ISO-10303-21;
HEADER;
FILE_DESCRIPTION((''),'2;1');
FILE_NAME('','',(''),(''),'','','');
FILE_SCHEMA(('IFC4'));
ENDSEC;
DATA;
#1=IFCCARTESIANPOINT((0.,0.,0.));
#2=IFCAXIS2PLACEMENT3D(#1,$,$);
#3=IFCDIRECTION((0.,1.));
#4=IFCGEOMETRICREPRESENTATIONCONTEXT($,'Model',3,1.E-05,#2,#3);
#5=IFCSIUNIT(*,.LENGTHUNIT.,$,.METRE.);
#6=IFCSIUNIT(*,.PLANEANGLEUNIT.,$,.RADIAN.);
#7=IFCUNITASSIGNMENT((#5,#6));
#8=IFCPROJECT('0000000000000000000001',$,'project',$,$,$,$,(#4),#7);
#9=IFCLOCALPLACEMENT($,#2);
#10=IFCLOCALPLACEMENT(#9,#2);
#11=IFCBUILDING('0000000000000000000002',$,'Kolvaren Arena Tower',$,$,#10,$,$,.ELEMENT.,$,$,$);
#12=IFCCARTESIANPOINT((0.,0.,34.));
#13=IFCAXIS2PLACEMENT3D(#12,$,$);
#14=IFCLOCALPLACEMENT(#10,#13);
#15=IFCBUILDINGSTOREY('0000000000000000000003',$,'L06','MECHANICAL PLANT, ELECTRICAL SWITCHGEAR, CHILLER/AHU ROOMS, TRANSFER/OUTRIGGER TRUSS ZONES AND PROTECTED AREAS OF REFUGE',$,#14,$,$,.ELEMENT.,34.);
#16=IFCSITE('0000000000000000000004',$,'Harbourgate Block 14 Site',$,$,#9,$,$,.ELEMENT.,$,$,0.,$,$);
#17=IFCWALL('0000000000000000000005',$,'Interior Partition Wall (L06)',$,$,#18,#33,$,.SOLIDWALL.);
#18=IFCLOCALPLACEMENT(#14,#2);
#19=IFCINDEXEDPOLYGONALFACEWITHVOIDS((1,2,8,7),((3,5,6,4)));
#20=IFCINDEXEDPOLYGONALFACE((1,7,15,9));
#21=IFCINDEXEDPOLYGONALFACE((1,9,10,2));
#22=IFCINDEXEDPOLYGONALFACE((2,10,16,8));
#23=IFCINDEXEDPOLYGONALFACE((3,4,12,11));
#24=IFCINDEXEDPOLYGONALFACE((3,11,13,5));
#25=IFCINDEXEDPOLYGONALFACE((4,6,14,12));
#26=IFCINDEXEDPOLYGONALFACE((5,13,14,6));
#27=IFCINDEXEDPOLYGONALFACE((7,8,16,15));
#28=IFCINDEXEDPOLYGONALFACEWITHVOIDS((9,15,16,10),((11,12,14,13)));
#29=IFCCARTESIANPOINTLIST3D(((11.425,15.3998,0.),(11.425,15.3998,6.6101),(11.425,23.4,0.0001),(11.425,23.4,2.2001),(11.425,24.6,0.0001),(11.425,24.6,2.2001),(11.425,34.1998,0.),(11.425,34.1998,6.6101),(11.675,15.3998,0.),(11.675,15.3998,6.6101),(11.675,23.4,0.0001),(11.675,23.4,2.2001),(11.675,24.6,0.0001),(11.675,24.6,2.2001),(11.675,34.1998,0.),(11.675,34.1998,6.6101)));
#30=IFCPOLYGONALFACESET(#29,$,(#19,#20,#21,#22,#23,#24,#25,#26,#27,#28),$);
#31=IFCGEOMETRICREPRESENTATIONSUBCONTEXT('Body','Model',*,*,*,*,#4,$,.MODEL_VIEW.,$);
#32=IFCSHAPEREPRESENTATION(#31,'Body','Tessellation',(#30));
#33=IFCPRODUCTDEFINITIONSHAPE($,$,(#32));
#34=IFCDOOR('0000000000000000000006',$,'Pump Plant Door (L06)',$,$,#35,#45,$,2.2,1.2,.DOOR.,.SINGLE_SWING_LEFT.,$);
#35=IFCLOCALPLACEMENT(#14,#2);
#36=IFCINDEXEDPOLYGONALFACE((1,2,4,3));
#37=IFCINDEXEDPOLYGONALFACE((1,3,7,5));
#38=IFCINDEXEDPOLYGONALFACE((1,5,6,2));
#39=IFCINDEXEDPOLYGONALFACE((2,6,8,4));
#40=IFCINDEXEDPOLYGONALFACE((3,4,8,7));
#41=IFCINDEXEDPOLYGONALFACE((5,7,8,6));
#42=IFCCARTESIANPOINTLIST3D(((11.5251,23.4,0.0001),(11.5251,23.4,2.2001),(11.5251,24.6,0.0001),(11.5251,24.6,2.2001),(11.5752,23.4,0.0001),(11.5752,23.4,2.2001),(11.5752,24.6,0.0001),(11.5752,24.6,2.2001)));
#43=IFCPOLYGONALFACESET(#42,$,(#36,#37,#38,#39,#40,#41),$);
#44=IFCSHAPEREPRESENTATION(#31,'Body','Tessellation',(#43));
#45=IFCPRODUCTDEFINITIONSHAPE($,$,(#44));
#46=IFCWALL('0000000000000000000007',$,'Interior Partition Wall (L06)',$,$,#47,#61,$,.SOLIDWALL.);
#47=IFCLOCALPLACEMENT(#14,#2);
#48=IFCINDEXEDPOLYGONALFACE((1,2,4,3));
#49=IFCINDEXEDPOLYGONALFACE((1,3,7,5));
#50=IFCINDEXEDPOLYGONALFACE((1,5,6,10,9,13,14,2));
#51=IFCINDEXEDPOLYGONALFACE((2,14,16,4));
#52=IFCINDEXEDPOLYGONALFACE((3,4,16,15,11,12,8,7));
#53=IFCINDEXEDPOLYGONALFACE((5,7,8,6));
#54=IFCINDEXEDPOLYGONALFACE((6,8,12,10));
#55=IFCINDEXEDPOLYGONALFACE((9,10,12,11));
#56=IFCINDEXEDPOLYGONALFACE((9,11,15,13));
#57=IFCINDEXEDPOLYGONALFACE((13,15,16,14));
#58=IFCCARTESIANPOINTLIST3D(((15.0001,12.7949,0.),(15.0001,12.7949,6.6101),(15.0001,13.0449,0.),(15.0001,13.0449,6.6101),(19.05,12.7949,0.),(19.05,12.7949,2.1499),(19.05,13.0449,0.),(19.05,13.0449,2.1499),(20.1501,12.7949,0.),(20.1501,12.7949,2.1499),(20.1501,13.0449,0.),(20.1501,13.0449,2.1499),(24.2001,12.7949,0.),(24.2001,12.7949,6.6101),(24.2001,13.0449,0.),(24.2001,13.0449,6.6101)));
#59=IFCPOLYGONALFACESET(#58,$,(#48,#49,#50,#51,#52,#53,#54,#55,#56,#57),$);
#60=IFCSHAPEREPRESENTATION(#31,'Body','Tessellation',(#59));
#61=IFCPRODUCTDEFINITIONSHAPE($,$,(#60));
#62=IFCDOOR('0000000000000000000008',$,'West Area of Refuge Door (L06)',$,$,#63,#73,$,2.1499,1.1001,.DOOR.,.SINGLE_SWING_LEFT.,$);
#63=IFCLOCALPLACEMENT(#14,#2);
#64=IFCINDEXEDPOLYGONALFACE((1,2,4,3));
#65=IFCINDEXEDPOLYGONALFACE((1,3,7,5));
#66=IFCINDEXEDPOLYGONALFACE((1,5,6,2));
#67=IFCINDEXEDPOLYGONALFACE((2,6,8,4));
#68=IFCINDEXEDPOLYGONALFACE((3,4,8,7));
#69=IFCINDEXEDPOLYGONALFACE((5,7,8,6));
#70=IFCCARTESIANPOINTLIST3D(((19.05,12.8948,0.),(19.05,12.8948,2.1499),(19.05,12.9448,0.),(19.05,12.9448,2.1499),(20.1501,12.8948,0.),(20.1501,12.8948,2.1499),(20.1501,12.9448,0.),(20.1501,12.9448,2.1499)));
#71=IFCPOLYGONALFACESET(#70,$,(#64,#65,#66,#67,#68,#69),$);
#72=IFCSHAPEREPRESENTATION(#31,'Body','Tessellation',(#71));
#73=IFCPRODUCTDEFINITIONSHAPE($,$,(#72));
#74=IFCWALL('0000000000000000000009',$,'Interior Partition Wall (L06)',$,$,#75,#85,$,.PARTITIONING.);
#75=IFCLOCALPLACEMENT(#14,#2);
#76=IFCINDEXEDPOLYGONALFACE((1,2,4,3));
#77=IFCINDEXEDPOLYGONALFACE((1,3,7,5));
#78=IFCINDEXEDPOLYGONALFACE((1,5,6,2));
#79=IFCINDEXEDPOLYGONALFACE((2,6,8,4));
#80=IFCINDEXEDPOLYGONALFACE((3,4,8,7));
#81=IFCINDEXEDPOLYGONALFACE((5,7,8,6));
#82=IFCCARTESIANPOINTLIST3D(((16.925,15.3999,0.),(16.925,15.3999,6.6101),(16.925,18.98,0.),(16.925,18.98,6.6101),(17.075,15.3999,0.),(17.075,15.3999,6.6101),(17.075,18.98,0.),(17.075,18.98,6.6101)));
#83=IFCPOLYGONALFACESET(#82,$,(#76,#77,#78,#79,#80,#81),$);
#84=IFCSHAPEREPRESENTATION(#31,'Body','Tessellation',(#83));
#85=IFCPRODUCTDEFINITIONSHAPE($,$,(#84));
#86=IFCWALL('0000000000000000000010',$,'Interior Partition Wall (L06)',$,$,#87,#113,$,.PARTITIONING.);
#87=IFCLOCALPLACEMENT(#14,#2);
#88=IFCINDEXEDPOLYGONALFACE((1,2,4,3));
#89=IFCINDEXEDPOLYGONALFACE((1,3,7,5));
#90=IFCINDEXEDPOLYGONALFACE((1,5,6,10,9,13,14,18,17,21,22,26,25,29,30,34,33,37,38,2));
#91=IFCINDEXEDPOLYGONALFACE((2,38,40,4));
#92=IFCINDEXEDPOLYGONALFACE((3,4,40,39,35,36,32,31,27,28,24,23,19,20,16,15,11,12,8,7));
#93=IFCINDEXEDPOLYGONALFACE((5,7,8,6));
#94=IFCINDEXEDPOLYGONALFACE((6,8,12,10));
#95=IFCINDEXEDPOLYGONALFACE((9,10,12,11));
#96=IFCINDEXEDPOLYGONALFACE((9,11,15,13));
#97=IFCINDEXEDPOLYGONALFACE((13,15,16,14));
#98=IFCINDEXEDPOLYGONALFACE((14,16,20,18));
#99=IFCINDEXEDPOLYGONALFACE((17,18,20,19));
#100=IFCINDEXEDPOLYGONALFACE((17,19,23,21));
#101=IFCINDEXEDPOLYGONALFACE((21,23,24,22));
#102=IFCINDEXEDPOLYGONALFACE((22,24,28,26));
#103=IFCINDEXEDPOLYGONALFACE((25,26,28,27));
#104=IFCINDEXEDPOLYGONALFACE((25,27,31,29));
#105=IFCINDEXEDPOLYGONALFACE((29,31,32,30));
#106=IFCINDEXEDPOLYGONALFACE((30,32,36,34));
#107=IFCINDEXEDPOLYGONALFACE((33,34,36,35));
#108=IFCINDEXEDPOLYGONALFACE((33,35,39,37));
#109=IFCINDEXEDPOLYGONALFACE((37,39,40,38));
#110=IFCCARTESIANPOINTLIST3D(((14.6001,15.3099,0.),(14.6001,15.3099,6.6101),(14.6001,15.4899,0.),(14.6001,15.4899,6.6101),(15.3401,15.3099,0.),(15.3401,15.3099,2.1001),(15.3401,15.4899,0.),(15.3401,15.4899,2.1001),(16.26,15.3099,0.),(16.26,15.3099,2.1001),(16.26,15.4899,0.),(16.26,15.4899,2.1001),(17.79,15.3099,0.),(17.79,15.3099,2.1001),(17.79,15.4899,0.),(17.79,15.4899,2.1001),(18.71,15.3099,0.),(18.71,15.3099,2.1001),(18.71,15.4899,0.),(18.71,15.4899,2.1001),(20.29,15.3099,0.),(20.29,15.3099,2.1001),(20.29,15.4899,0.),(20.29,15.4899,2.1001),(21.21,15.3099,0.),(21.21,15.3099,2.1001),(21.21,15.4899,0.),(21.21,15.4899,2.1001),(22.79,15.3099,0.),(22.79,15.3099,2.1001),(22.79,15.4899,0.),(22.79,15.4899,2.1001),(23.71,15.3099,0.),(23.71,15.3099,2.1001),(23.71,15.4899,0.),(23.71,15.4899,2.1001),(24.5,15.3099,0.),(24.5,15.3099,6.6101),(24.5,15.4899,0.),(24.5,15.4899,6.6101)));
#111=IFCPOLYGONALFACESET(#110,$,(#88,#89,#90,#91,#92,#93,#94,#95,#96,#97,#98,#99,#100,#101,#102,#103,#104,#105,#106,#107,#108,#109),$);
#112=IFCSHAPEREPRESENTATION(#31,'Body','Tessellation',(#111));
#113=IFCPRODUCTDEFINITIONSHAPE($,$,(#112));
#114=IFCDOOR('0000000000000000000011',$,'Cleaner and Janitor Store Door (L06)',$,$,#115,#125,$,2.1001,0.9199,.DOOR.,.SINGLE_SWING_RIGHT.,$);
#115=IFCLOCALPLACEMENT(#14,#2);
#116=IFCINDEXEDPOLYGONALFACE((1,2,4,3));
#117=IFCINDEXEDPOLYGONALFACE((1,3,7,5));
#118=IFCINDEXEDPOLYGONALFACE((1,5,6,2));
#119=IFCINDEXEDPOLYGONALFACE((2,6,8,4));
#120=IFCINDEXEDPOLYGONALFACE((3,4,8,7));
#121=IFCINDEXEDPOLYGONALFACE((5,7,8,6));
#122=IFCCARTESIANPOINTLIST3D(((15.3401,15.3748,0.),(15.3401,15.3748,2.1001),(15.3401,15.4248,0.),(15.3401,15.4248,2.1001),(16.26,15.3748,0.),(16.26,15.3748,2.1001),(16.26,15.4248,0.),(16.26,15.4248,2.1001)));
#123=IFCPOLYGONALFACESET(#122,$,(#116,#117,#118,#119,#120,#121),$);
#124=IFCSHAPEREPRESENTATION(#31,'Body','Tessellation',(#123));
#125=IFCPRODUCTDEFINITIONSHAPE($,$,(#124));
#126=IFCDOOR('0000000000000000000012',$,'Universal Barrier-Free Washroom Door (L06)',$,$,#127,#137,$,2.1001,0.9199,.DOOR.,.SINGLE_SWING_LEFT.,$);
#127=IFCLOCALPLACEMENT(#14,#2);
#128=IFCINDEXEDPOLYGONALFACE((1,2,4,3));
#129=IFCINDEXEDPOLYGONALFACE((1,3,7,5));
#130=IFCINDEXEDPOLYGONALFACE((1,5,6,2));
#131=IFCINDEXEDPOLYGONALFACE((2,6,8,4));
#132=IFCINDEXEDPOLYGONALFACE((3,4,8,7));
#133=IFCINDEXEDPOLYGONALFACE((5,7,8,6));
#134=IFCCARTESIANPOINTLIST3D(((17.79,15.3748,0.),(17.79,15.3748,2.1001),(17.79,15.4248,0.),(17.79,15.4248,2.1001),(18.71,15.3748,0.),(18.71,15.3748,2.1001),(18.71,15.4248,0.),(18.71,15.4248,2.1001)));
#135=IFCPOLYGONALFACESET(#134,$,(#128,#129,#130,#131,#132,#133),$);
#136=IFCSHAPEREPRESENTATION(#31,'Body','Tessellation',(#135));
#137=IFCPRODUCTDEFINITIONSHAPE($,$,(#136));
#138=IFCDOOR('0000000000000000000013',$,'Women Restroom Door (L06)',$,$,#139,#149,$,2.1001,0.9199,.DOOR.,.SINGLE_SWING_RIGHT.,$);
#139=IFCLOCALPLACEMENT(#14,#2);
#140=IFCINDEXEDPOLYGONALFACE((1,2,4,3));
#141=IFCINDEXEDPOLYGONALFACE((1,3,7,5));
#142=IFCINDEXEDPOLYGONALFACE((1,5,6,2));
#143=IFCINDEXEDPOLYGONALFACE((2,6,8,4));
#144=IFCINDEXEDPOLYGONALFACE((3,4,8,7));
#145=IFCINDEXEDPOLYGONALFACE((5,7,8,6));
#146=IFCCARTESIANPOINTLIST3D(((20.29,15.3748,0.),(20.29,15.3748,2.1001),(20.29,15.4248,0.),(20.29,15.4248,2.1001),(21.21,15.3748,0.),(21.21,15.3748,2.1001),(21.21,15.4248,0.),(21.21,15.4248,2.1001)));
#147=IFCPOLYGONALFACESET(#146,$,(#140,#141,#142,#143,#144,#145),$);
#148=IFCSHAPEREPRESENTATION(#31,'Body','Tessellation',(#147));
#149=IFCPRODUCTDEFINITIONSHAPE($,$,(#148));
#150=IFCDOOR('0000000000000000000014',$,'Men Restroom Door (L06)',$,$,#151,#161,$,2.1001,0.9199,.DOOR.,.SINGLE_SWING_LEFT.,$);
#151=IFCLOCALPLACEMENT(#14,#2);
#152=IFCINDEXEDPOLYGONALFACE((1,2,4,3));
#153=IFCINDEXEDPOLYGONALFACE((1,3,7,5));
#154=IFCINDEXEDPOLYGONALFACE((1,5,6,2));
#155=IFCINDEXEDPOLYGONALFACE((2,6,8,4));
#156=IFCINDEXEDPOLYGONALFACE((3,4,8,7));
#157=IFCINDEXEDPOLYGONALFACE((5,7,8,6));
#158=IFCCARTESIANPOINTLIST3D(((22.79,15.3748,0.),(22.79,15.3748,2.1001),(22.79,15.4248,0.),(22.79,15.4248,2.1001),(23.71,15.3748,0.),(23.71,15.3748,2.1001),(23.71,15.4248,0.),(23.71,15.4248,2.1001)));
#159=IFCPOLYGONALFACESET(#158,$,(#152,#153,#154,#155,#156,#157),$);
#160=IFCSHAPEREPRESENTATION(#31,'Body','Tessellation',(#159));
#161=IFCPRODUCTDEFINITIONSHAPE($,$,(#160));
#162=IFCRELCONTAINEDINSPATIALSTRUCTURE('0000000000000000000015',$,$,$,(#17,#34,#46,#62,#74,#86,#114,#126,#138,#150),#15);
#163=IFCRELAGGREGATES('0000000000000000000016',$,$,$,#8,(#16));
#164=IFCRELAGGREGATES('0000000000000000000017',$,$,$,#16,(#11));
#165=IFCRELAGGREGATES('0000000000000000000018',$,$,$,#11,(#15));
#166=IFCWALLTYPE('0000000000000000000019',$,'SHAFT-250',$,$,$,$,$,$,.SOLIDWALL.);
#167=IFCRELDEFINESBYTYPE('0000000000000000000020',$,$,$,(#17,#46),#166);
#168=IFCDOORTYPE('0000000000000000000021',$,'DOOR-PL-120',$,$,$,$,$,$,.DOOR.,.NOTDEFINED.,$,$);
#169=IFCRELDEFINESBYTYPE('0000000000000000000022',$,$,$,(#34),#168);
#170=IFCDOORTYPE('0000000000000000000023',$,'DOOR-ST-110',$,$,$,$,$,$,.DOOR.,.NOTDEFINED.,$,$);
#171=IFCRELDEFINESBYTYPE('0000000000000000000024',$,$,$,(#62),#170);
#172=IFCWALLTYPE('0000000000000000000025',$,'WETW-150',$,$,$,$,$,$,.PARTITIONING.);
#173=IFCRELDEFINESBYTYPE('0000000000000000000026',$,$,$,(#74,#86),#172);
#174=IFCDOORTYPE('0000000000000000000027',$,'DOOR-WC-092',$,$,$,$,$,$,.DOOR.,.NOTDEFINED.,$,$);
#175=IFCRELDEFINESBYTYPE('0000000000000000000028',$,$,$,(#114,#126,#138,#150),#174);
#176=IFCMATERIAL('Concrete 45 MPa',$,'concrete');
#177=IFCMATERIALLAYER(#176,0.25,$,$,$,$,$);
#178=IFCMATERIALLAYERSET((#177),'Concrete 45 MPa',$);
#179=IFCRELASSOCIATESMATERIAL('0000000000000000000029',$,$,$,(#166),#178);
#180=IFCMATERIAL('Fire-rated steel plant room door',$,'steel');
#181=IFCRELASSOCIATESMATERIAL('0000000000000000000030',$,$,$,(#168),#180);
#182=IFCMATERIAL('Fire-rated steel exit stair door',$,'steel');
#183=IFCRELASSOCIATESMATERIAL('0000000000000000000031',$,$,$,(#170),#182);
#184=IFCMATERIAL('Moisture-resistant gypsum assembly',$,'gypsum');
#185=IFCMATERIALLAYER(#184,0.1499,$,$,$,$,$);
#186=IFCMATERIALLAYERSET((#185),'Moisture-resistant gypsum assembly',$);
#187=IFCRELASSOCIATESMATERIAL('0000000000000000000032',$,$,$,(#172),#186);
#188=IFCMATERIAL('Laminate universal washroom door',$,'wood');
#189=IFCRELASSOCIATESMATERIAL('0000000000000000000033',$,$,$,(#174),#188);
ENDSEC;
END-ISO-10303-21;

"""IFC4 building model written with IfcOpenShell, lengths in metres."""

from ifc_helpers import new_model, si_unit, direction, frame, frame_2d, origin, place, context, subcontext, project, spatial, rectangle, extrude, material, layer, layer_set, type_object, element, fill, save


model = new_model("IFC4")

# Units and contexts
model_context = context("Model", 3, precision=1e-05, world=origin(), true_north=direction((0.0, 1.0)))
body_context = subcontext(model_context, "Body", "Model", "MODEL_VIEW")
ifc_project = project(units=[si_unit("LENGTHUNIT", "METRE"), si_unit("PLANEANGLEUNIT", "RADIAN")], contexts=[model_context])

# Site, building, storey
site_placement = place(None, origin())
site = spatial("IfcSite", under=ifc_project, at=site_placement, Name="Harbourgate Block 14 Site", CompositionType="ELEMENT", RefElevation=0.0)
building_placement = place(site_placement, origin())
building = spatial("IfcBuilding", under=site, at=building_placement, Name="Kolvaren Arena Tower", CompositionType="ELEMENT")
storey_placement = place(building_placement, frame((0.0, 0.0, 34.0)))
storey = spatial("IfcBuildingStorey", under=building, at=storey_placement, Name="L06", Description="MECHANICAL PLANT, ELECTRICAL SWITCHGEAR, CHILLER/AHU ROOMS, TRANSFER/OUTRIGGER TRUSS ZONES AND PROTECTED AREAS OF REFUGE", CompositionType="ELEMENT", Elevation=34.0)

# Shared definitions
ifc_material_1 = material(Name="Concrete 45 MPa", Category="concrete")
ifc_layer_1 = layer(ifc_material_1, 0.25)
ifc_layer_set_1 = layer_set([ifc_layer_1], Name="Concrete 45 MPa")
wall_type_1 = type_object("IfcWallType", Name="SHAFT-250", PredefinedType="SOLIDWALL", material=ifc_layer_set_1)

# Walls, openings, doors
wall_1_placement = place(storey_placement, frame((11.55, 15.3999, 0.0), z_axis=(0.0, 0.0, 1.0), x_axis=(0.0, 1.0, 0.0)))
wall_1 = element("IfcWall", 1, at=wall_1_placement, inside=storey, type_object=wall_type_1, Name="Interior Partition Wall (L06)", PredefinedType="SOLIDWALL", context=body_context, shape_type="SweptSolid", body=[
    extrude(rectangle(XDim=18.8, YDim=0.25, at=frame_2d((9.3999, 0.0))), origin(), (0.0, 0.0, 1.0), 6.6101),
])
opening_1_placement = place(wall_1_placement, frame((8.0, 0.0, 0.0)))
opening_1 = element("IfcOpeningElement", 2, at=opening_1_placement, cuts=wall_1, PredefinedType="OPENING", context=body_context, shape_type="SweptSolid", body=[
    extrude(rectangle(XDim=1.2, YDim=2.2, at=frame_2d((0.6001, 1.1001))), frame((0.0, 0.135, 0.0), z_axis=(0.0, -1.0, 0.0), x_axis=(1.0, 0.0, 0.0)), (0.0, 0.0, 1.0), 0.27),
])
ifc_material_2 = material(Name="Fire-rated steel plant room door", Category="steel")
door_type_1 = type_object("IfcDoorType", Name="DOOR-PL-120", OperationType="NOTDEFINED", PredefinedType="DOOR", material=ifc_material_2)
door_1_placement = place(opening_1_placement, origin())
door_1 = element("IfcDoor", 3, at=door_1_placement, inside=storey, type_object=door_type_1, Name="Pump Plant Door (L06)", OperationType="SINGLE_SWING_LEFT", OverallHeight=2.2, OverallWidth=1.2, PredefinedType="DOOR", context=body_context, shape_type="SweptSolid", body=[
    extrude(rectangle(XDim=1.2, YDim=2.2, at=frame_2d((0.6001, 1.1001))), frame((0.0, 0.0249, 0.0), z_axis=(0.0, -1.0, 0.0), x_axis=(1.0, 0.0, 0.0)), (0.0, 0.0, 1.0), 0.05),
])
fill(opening_1, door_1)
wall_2_placement = place(storey_placement, frame((15.0, 12.9199, 0.0), z_axis=(0.0, 0.0, 1.0), x_axis=(1.0, 0.0, 0.0)))
wall_2 = element("IfcWall", 4, at=wall_2_placement, inside=storey, type_object=wall_type_1, Name="Interior Partition Wall (L06)", PredefinedType="SOLIDWALL", context=body_context, shape_type="SweptSolid", body=[
    extrude(rectangle(XDim=9.2, YDim=0.25, at=frame_2d((4.6001, 0.0))), origin(), (0.0, 0.0, 1.0), 6.6101),
])
opening_2_placement = place(wall_2_placement, frame((4.05, 0.0, 0.0)))
opening_2 = element("IfcOpeningElement", 5, at=opening_2_placement, cuts=wall_2, PredefinedType="OPENING", context=body_context, shape_type="SweptSolid", body=[
    extrude(rectangle(XDim=1.1001, YDim=2.1499, at=frame_2d((0.55, 1.075))), frame((0.0, 0.135, 0.0), z_axis=(0.0, -1.0, 0.0), x_axis=(1.0, 0.0, 0.0)), (0.0, 0.0, 1.0), 0.27),
])
ifc_material_3 = material(Name="Fire-rated steel exit stair door", Category="steel")
door_type_2 = type_object("IfcDoorType", Name="DOOR-ST-110", OperationType="NOTDEFINED", PredefinedType="DOOR", material=ifc_material_3)
door_2_placement = place(opening_2_placement, origin())
door_2 = element("IfcDoor", 6, at=door_2_placement, inside=storey, type_object=door_type_2, Name="West Area of Refuge Door (L06)", OperationType="SINGLE_SWING_LEFT", OverallHeight=2.1499, OverallWidth=1.1001, PredefinedType="DOOR", context=body_context, shape_type="SweptSolid", body=[
    extrude(rectangle(XDim=1.1001, YDim=2.1499, at=frame_2d((0.55, 1.075))), frame((0.0, 0.0249, 0.0), z_axis=(0.0, -1.0, 0.0), x_axis=(1.0, 0.0, 0.0)), (0.0, 0.0, 1.0), 0.05),
])
fill(opening_2, door_2)

# Wall
ifc_material_4 = material(Name="Moisture-resistant gypsum assembly", Category="gypsum")
ifc_layer_2 = layer(ifc_material_4, 0.1499)
ifc_layer_set_2 = layer_set([ifc_layer_2], Name="Moisture-resistant gypsum assembly")
wall_type_2 = type_object("IfcWallType", Name="WETW-150", PredefinedType="PARTITIONING", material=ifc_layer_set_2)
wall_3_placement = place(storey_placement, frame((17.0, 15.3999, 0.0), z_axis=(0.0, 0.0, 1.0), x_axis=(0.0, 1.0, 0.0)))
element("IfcWall", 7, at=wall_3_placement, inside=storey, type_object=wall_type_2, Name="Interior Partition Wall (L06)", PredefinedType="PARTITIONING", context=body_context, shape_type="SweptSolid", body=[
    extrude(rectangle(XDim=3.5801, YDim=0.1499, at=frame_2d((1.79, 0.0))), origin(), (0.0, 0.0, 1.0), 6.6101),
])

# Wall, openings, doors
wall_4_placement = place(storey_placement, frame((14.6001, 15.3999, 0.0), z_axis=(0.0, 0.0, 1.0), x_axis=(1.0, 0.0, 0.0)))
wall_4 = element("IfcWall", 8, at=wall_4_placement, inside=storey, type_object=wall_type_2, Name="Interior Partition Wall (L06)", PredefinedType="PARTITIONING", context=body_context, shape_type="SweptSolid", body=[
    extrude(rectangle(XDim=9.8999, YDim=0.1799, at=frame_2d((4.95, 0.0))), origin(), (0.0, 0.0, 1.0), 6.6101),
])
opening_3_placement = place(wall_4_placement, frame((0.74, 0.0, 0.0)))
opening_3 = element("IfcOpeningElement", 9, at=opening_3_placement, cuts=wall_4, PredefinedType="OPENING", context=body_context, shape_type="SweptSolid", body=[
    extrude(rectangle(XDim=0.9199, YDim=2.1001, at=frame_2d((0.46, 1.05))), frame((0.0, 0.0999, 0.0), z_axis=(0.0, -1.0, 0.0), x_axis=(1.0, 0.0, 0.0)), (0.0, 0.0, 1.0), 0.2),
])
opening_4_placement = place(wall_4_placement, frame((3.1899, 0.0, 0.0)))
opening_4 = element("IfcOpeningElement", 10, at=opening_4_placement, cuts=wall_4, PredefinedType="OPENING", context=body_context, shape_type="SweptSolid", body=[
    extrude(rectangle(XDim=0.9199, YDim=2.1001, at=frame_2d((0.46, 1.05))), frame((0.0, 0.0999, 0.0), z_axis=(0.0, -1.0, 0.0), x_axis=(1.0, 0.0, 0.0)), (0.0, 0.0, 1.0), 0.2),
])
opening_5_placement = place(wall_4_placement, frame((5.6899, 0.0, 0.0)))
opening_5 = element("IfcOpeningElement", 11, at=opening_5_placement, cuts=wall_4, PredefinedType="OPENING", context=body_context, shape_type="SweptSolid", body=[
    extrude(rectangle(XDim=0.9199, YDim=2.1001, at=frame_2d((0.46, 1.05))), frame((0.0, 0.0999, 0.0), z_axis=(0.0, -1.0, 0.0), x_axis=(1.0, 0.0, 0.0)), (0.0, 0.0, 1.0), 0.2),
])
opening_6_placement = place(wall_4_placement, frame((8.1899, 0.0, 0.0)))
opening_6 = element("IfcOpeningElement", 12, at=opening_6_placement, cuts=wall_4, PredefinedType="OPENING", context=body_context, shape_type="SweptSolid", body=[
    extrude(rectangle(XDim=0.9199, YDim=2.1001, at=frame_2d((0.46, 1.05))), frame((0.0, 0.0999, 0.0), z_axis=(0.0, -1.0, 0.0), x_axis=(1.0, 0.0, 0.0)), (0.0, 0.0, 1.0), 0.2),
])
ifc_material_5 = material(Name="Laminate universal washroom door", Category="wood")
door_type_3 = type_object("IfcDoorType", Name="DOOR-WC-092", OperationType="NOTDEFINED", PredefinedType="DOOR", material=ifc_material_5)
door_3_placement = place(opening_3_placement, origin())
door_3 = element("IfcDoor", 13, at=door_3_placement, inside=storey, type_object=door_type_3, Name="Cleaner and Janitor Store Door (L06)", OperationType="SINGLE_SWING_RIGHT", OverallHeight=2.1001, OverallWidth=0.9199, PredefinedType="DOOR", context=body_context, shape_type="SweptSolid", body=[
    extrude(rectangle(XDim=0.9199, YDim=2.1001, at=frame_2d((0.46, 1.05))), frame((0.0, 0.0249, 0.0), z_axis=(0.0, -1.0, 0.0), x_axis=(1.0, 0.0, 0.0)), (0.0, 0.0, 1.0), 0.05),
])
fill(opening_3, door_3)
door_4_placement = place(opening_4_placement, origin())
door_4 = element("IfcDoor", 14, at=door_4_placement, inside=storey, type_object=door_type_3, Name="Universal Barrier-Free Washroom Door (L06)", OperationType="SINGLE_SWING_LEFT", OverallHeight=2.1001, OverallWidth=0.9199, PredefinedType="DOOR", context=body_context, shape_type="SweptSolid", body=[
    extrude(rectangle(XDim=0.9199, YDim=2.1001, at=frame_2d((0.46, 1.05))), frame((0.0, 0.0249, 0.0), z_axis=(0.0, -1.0, 0.0), x_axis=(1.0, 0.0, 0.0)), (0.0, 0.0, 1.0), 0.05),
])
fill(opening_4, door_4)
door_5_placement = place(opening_5_placement, origin())
door_5 = element("IfcDoor", 15, at=door_5_placement, inside=storey, type_object=door_type_3, Name="Women Restroom Door (L06)", OperationType="SINGLE_SWING_RIGHT", OverallHeight=2.1001, OverallWidth=0.9199, PredefinedType="DOOR", context=body_context, shape_type="SweptSolid", body=[
    extrude(rectangle(XDim=0.9199, YDim=2.1001, at=frame_2d((0.46, 1.05))), frame((0.0, 0.0249, 0.0), z_axis=(0.0, -1.0, 0.0), x_axis=(1.0, 0.0, 0.0)), (0.0, 0.0, 1.0), 0.05),
])
fill(opening_5, door_5)
door_6_placement = place(opening_6_placement, origin())
door_6 = element("IfcDoor", 16, at=door_6_placement, inside=storey, type_object=door_type_3, Name="Men Restroom Door (L06)", OperationType="SINGLE_SWING_LEFT", OverallHeight=2.1001, OverallWidth=0.9199, PredefinedType="DOOR", context=body_context, shape_type="SweptSolid", body=[
    extrude(rectangle(XDim=0.9199, YDim=2.1001, at=frame_2d((0.46, 1.05))), frame((0.0, 0.0249, 0.0), z_axis=(0.0, -1.0, 0.0), x_axis=(1.0, 0.0, 0.0)), (0.0, 0.0, 1.0), 0.05),
])
fill(opening_6, door_6)

save(model, "model.ifc")
